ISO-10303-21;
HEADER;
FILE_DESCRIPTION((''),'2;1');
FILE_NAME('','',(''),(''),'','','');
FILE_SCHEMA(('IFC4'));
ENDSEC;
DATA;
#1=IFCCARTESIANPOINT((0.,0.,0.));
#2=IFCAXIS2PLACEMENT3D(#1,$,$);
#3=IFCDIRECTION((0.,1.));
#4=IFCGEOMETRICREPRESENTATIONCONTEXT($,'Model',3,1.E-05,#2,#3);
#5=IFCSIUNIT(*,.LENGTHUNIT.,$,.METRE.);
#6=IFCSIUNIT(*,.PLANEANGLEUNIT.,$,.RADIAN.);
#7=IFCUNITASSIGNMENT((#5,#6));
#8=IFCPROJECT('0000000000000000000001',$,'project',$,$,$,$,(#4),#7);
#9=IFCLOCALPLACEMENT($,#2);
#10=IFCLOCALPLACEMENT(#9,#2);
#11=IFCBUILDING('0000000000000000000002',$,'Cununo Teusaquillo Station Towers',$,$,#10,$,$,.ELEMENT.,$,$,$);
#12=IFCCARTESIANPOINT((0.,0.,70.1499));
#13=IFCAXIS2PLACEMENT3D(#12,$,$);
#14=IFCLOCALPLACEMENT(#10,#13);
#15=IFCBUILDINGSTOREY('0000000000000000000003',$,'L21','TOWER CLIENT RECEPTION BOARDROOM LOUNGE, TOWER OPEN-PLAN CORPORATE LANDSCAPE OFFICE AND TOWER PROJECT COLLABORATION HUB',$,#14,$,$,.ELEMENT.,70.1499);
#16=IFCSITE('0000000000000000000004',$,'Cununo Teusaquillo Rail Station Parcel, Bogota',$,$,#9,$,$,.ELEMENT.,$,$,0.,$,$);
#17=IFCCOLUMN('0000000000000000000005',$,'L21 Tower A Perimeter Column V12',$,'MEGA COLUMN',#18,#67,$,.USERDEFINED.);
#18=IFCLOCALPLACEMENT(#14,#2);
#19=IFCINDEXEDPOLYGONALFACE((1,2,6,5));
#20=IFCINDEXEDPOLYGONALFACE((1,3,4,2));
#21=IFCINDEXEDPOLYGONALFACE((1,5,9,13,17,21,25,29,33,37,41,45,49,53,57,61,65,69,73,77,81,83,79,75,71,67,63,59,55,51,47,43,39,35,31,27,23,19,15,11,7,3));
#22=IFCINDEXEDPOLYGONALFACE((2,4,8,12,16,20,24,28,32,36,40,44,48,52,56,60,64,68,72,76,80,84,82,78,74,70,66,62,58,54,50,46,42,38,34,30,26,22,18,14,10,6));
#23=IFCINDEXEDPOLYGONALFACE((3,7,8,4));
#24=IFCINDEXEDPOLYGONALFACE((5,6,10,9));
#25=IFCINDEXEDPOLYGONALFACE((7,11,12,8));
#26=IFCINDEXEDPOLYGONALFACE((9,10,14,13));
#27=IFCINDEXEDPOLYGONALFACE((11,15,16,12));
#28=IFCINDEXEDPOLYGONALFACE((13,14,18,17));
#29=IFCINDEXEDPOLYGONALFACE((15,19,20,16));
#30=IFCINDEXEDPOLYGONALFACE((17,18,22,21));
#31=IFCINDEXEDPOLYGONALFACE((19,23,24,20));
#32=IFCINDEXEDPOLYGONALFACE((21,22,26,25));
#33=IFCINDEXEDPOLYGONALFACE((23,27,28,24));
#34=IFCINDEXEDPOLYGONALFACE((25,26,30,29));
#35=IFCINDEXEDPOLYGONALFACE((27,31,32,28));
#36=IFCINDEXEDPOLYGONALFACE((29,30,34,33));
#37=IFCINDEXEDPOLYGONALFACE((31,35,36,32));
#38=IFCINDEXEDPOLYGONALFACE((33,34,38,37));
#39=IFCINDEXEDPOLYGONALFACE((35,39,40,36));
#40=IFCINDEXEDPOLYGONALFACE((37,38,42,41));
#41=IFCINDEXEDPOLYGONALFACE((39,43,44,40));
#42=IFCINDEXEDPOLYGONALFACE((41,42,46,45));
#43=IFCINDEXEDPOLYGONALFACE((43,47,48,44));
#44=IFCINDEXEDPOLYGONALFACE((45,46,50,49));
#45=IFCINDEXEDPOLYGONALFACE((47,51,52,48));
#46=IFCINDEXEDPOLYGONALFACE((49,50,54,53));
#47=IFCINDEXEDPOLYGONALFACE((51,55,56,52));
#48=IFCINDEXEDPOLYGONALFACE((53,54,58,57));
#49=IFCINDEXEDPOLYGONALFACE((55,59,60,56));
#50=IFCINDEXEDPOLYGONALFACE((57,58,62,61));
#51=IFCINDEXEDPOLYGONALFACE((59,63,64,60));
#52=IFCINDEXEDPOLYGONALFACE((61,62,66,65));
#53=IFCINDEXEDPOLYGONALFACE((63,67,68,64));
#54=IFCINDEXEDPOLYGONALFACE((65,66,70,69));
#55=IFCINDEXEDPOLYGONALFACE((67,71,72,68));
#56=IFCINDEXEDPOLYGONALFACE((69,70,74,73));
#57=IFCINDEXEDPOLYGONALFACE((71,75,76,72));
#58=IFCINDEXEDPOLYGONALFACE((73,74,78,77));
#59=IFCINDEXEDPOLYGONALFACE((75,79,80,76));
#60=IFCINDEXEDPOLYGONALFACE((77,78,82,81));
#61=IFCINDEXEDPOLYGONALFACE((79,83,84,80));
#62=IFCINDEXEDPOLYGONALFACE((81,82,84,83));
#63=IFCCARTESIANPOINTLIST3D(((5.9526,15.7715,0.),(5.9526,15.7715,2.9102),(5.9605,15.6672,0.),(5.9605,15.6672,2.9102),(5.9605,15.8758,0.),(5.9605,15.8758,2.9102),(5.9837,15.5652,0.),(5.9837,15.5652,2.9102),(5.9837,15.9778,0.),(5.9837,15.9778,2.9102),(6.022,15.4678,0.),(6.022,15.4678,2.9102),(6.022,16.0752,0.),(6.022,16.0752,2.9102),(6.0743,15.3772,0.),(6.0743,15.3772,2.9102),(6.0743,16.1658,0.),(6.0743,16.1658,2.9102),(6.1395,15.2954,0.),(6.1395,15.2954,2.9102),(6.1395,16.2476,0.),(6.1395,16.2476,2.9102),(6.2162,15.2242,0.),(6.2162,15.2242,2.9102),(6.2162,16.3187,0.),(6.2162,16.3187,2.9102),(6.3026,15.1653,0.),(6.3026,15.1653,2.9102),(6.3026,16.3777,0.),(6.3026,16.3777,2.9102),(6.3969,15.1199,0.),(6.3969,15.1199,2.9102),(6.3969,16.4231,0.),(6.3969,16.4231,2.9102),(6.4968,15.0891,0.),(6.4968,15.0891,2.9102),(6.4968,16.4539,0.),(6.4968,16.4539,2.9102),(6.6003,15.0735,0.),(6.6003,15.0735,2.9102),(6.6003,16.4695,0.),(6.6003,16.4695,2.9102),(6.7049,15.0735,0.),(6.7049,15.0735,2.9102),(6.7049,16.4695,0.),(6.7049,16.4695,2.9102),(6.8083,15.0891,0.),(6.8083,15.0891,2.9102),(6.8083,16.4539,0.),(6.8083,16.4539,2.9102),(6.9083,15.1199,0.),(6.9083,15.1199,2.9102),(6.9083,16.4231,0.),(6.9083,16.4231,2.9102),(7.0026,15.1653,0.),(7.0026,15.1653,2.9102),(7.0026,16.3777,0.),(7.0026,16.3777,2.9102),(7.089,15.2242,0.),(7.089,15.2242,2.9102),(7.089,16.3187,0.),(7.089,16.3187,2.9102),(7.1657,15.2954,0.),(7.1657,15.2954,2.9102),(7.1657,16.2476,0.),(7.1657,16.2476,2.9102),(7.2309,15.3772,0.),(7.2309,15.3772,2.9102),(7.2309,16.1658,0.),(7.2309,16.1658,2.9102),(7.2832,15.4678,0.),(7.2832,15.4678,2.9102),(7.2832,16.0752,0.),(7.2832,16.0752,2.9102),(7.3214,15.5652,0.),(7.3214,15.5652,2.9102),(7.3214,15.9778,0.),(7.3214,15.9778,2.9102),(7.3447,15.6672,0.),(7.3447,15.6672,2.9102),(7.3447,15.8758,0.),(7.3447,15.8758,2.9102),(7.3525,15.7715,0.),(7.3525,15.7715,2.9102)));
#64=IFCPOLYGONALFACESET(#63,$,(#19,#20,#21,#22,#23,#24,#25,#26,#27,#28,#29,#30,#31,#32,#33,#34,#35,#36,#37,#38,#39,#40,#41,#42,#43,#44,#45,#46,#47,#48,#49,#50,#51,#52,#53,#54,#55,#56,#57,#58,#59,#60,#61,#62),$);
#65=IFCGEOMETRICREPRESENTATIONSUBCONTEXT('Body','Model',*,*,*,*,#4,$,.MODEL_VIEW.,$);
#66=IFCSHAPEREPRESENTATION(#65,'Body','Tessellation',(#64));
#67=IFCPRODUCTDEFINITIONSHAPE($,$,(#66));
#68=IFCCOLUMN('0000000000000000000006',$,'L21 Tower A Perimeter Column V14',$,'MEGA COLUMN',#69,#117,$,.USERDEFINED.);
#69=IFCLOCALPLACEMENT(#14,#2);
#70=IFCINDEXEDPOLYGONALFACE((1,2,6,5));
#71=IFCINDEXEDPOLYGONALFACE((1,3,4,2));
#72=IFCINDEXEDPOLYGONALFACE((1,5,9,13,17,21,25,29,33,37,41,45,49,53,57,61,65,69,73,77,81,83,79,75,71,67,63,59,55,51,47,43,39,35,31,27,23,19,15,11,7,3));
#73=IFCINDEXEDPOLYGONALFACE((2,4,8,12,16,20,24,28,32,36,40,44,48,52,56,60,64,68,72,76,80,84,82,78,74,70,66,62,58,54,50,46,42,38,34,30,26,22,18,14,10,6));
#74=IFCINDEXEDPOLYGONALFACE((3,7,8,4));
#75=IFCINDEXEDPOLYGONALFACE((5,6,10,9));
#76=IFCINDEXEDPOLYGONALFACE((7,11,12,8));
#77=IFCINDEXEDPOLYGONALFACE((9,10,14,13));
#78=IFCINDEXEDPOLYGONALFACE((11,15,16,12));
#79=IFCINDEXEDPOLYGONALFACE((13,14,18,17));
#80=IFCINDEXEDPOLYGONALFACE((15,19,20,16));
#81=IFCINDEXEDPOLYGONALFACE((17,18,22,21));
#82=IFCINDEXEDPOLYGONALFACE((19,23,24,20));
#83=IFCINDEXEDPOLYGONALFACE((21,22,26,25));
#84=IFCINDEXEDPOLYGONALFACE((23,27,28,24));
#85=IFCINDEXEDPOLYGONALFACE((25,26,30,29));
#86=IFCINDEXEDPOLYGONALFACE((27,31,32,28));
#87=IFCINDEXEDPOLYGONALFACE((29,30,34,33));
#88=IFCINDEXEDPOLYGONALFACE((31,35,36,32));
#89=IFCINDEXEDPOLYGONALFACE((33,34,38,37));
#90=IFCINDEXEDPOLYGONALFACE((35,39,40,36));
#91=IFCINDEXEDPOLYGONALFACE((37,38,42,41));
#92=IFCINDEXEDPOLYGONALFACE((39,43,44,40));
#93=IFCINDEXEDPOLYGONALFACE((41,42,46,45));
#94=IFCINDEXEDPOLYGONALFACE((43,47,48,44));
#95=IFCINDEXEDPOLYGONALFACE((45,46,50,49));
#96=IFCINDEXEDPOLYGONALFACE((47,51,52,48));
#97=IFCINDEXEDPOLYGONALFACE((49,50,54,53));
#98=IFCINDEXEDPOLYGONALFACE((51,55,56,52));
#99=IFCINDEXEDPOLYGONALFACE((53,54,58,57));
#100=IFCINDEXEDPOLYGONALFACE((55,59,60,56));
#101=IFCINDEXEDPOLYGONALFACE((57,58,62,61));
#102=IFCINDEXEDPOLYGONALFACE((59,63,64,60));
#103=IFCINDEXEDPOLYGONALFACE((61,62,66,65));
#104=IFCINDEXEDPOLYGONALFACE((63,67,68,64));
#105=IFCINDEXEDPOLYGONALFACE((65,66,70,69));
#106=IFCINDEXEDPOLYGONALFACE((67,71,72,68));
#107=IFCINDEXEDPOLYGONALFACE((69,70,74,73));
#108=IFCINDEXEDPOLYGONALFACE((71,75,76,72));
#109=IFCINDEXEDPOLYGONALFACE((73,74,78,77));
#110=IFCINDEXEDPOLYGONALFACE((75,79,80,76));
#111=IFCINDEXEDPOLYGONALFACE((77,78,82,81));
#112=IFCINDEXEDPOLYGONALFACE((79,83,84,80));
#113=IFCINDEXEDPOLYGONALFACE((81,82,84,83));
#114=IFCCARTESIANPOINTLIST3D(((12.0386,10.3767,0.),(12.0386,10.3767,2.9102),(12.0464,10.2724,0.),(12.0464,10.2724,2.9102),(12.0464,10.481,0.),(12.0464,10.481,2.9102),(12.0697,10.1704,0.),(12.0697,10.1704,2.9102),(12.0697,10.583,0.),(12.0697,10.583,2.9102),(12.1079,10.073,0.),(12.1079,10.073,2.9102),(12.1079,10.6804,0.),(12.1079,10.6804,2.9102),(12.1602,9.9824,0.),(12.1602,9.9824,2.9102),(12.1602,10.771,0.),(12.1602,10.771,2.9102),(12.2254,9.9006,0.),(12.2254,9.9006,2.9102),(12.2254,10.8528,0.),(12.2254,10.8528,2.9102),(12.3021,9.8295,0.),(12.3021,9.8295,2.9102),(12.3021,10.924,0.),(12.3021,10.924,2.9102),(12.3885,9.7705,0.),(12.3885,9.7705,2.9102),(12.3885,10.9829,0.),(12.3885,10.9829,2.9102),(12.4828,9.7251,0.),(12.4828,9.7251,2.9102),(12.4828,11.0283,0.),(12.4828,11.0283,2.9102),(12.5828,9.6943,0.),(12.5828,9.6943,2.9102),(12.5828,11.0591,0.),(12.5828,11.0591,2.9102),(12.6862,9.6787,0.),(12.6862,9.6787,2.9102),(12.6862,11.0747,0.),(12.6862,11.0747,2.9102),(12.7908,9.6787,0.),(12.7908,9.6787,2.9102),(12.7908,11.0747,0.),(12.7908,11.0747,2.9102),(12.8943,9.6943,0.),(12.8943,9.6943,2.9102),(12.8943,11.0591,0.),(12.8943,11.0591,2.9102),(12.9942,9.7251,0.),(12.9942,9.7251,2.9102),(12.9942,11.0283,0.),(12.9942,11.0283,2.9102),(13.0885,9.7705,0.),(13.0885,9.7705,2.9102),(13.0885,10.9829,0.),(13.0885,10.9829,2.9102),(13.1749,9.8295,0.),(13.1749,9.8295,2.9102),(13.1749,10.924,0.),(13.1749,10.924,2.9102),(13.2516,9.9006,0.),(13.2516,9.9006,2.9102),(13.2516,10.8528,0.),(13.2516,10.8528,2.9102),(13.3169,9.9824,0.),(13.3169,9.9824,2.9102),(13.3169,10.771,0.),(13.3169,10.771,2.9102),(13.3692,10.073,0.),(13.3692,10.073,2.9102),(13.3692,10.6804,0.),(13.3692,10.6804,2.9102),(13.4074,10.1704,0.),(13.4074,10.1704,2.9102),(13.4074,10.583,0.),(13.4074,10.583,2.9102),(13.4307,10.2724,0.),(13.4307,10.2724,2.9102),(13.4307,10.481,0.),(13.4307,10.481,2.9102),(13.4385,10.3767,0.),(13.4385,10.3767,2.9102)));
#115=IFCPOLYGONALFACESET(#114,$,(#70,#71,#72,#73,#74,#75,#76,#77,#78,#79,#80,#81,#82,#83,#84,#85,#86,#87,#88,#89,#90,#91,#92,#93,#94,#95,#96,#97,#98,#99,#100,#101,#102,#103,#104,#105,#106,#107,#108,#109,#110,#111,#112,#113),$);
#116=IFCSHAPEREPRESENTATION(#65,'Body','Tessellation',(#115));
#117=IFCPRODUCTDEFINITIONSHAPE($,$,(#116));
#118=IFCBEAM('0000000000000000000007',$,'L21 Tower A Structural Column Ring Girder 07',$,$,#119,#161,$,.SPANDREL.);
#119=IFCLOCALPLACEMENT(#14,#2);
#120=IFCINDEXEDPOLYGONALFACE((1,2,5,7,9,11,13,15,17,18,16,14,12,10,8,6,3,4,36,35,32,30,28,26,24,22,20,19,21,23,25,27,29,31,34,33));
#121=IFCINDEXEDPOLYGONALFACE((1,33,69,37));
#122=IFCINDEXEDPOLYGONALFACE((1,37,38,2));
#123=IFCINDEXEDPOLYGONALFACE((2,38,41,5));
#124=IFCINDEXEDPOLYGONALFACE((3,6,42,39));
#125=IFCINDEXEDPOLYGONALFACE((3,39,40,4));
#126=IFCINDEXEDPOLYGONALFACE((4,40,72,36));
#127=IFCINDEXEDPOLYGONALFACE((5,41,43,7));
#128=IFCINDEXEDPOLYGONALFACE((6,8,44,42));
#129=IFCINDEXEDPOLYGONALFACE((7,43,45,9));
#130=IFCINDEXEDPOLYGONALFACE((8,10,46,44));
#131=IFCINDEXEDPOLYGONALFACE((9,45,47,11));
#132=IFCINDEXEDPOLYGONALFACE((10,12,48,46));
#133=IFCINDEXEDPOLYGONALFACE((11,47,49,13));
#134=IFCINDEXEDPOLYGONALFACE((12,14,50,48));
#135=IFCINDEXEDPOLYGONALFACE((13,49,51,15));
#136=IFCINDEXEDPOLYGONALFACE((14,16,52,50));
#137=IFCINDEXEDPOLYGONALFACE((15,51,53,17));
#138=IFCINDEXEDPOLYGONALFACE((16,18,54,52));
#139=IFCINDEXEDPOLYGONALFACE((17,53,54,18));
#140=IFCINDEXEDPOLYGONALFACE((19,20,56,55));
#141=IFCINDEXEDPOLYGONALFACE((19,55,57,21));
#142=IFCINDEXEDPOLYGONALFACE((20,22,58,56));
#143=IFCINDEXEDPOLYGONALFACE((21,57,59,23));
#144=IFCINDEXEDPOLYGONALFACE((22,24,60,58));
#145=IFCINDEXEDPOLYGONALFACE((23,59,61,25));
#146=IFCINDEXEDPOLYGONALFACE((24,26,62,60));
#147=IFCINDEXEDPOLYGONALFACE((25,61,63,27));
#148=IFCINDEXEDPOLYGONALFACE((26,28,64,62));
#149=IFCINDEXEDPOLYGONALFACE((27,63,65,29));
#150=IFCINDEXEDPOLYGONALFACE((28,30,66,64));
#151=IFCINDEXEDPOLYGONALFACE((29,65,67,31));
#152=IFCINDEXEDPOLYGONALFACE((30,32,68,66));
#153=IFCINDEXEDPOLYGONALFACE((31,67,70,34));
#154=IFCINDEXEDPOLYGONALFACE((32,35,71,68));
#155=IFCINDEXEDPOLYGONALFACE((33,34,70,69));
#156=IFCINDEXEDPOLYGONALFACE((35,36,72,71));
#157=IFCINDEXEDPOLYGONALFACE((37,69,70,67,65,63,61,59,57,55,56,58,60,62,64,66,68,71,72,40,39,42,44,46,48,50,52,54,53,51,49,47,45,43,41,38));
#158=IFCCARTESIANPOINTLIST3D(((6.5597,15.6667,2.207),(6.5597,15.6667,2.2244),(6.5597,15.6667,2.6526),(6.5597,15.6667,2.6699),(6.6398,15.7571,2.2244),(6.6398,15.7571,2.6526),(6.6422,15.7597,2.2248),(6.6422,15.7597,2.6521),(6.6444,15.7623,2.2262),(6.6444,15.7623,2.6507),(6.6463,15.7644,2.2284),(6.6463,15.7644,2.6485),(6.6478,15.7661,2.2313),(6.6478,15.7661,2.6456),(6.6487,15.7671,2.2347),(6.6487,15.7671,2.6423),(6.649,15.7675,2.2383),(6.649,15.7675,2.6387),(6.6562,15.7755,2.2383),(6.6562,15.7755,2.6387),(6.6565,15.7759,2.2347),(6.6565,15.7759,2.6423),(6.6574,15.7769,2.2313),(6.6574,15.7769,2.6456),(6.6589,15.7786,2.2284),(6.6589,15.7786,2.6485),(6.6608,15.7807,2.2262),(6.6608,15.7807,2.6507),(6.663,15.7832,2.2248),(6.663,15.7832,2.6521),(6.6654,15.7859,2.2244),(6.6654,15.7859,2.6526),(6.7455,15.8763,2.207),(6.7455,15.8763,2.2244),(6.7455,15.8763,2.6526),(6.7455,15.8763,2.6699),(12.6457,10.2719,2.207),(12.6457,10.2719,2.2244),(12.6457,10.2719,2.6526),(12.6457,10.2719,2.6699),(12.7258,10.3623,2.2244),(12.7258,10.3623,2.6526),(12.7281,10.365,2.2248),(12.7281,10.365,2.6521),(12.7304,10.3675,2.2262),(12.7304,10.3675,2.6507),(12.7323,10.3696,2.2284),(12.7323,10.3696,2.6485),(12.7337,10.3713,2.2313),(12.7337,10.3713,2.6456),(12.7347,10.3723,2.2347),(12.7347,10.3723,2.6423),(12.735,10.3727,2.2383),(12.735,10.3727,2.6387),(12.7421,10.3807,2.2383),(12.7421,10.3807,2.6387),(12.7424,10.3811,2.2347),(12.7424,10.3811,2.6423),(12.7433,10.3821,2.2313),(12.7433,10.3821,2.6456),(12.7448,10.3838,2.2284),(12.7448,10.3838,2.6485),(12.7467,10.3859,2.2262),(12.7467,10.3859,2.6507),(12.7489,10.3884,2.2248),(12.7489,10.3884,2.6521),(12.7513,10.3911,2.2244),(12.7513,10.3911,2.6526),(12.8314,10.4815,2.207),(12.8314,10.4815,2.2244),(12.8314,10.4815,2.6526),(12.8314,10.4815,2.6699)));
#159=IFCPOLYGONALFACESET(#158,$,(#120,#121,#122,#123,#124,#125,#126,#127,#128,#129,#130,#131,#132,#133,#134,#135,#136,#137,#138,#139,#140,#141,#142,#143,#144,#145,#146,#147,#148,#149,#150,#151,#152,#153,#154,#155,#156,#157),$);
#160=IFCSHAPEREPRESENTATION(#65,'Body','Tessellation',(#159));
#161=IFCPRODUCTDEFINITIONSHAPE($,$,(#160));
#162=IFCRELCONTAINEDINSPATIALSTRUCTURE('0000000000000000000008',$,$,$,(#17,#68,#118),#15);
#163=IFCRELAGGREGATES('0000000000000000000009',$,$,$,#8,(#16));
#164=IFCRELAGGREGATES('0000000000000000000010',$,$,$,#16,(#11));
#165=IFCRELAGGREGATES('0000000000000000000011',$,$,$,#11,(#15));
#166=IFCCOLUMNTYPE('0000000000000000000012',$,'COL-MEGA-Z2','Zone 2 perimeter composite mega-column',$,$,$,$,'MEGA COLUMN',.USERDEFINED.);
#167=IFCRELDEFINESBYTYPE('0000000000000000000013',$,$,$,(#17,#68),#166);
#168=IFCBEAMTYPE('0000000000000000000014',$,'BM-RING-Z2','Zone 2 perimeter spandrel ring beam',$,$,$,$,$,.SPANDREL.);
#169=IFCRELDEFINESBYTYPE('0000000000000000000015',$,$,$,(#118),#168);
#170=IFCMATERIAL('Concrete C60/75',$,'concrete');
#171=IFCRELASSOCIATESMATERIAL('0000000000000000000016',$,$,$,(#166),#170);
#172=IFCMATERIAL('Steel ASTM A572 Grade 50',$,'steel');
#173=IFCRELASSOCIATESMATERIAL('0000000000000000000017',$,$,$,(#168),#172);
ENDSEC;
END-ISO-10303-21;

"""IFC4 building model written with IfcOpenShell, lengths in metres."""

from ifc_helpers import new_model, si_unit, direction, frame, origin, origin_2d, place, context, subcontext, project, spatial, circle, i_section, extrude, material, material_profile, profile_set, type_object, element, save


model = new_model("IFC4")

# Units and contexts
model_context = context("Model", 3, precision=1e-05, world=origin(), true_north=direction((0.0, 1.0)))
body_context = subcontext(model_context, "Body", "Model", "MODEL_VIEW")
ifc_project = project(units=[si_unit("LENGTHUNIT", "METRE"), si_unit("PLANEANGLEUNIT", "RADIAN")], contexts=[model_context])

# Site, building, storey
site_placement = place(None, origin())
site = spatial("IfcSite", under=ifc_project, at=site_placement, Name="Cununo Teusaquillo Rail Station Parcel, Bogota", CompositionType="ELEMENT", RefElevation=0.0)
building_placement = place(site_placement, origin())
building = spatial("IfcBuilding", under=site, at=building_placement, Name="Cununo Teusaquillo Station Towers", CompositionType="ELEMENT")
storey_placement = place(building_placement, frame((0.0, 0.0, 70.1499)))
storey = spatial("IfcBuildingStorey", under=building, at=storey_placement, Name="L21", Description="TOWER CLIENT RECEPTION BOARDROOM LOUNGE, TOWER OPEN-PLAN CORPORATE LANDSCAPE OFFICE AND TOWER PROJECT COLLABORATION HUB", CompositionType="ELEMENT", Elevation=70.1499)

# Columns
ifc_material_1 = material(Name="Concrete C60/75", Category="concrete")
ifc_material_profile_1 = material_profile(ifc_material_1, circle(Radius=0.7, at=origin_2d()), Name="RC-CIRC-1400")
ifc_profile_set_1 = profile_set([ifc_material_profile_1], Name="Concrete C60/75")
column_type = type_object("IfcColumnType", Name="COL-MEGA-Z2", Description="Zone 2 perimeter composite mega-column", ElementType="MEGA COLUMN", PredefinedType="USERDEFINED", material=ifc_profile_set_1)
for number, where, z_axis, x_axis, name in (
    (1, (6.6526, 15.7715, 0.0), (0.0, 0.0, 1.0), (1.0, 0.0, 0.0), "L21 Tower A Perimeter Column V12"),
    (2, (12.7385, 10.3767, 0.0), (0.0, 0.0, 1.0), (1.0, 0.0, 0.0), "L21 Tower A Perimeter Column V14"),
):
    element("IfcColumn", number, at=place(storey_placement, frame(where, z_axis=z_axis, x_axis=x_axis)), inside=storey, type_object=column_type, Name=name, ObjectType="MEGA COLUMN", PredefinedType="USERDEFINED", context=body_context, shape_type="SweptSolid", body=[
        extrude(circle(Radius=0.7, at=origin_2d()), origin(), (0.0, 0.0, 1.0), 2.9102),
    ])

# Beam
ifc_material_2 = material(Name="Steel ASTM A572 Grade 50", Category="steel")
ifc_material_profile_2 = material_profile(ifc_material_2, i_section(OverallWidth=0.28, OverallDepth=0.4629, WebThickness=0.0107, FlangeThickness=0.0173, FilletRadius=0.0139, at=origin_2d()), Name="W18X76")
ifc_profile_set_2 = profile_set([ifc_material_profile_2], Name="Steel ASTM A572 Grade 50")
beam_type = type_object("IfcBeamType", Name="BM-RING-Z2", Description="Zone 2 perimeter spandrel ring beam", PredefinedType="SPANDREL", material=ifc_profile_set_2)
beam_1_placement = place(storey_placement, frame((6.6526, 15.7715, 2.4385), z_axis=(0.748321, -0.663337, 0.0), x_axis=(0.663337, 0.748321, 0.0)))
element("IfcBeam", 3, at=beam_1_placement, inside=storey, type_object=beam_type, Name="L21 Tower A Structural Column Ring Girder 07", PredefinedType="SPANDREL", context=body_context, shape_type="SweptSolid", body=[
    extrude(i_section(OverallWidth=0.28, OverallDepth=0.4629, WebThickness=0.0107, FlangeThickness=0.0173, FilletRadius=0.0139, at=origin_2d()), origin(), (0.0, 0.0, 1.0), 8.1328),
])

save(model, "model.ifc")
